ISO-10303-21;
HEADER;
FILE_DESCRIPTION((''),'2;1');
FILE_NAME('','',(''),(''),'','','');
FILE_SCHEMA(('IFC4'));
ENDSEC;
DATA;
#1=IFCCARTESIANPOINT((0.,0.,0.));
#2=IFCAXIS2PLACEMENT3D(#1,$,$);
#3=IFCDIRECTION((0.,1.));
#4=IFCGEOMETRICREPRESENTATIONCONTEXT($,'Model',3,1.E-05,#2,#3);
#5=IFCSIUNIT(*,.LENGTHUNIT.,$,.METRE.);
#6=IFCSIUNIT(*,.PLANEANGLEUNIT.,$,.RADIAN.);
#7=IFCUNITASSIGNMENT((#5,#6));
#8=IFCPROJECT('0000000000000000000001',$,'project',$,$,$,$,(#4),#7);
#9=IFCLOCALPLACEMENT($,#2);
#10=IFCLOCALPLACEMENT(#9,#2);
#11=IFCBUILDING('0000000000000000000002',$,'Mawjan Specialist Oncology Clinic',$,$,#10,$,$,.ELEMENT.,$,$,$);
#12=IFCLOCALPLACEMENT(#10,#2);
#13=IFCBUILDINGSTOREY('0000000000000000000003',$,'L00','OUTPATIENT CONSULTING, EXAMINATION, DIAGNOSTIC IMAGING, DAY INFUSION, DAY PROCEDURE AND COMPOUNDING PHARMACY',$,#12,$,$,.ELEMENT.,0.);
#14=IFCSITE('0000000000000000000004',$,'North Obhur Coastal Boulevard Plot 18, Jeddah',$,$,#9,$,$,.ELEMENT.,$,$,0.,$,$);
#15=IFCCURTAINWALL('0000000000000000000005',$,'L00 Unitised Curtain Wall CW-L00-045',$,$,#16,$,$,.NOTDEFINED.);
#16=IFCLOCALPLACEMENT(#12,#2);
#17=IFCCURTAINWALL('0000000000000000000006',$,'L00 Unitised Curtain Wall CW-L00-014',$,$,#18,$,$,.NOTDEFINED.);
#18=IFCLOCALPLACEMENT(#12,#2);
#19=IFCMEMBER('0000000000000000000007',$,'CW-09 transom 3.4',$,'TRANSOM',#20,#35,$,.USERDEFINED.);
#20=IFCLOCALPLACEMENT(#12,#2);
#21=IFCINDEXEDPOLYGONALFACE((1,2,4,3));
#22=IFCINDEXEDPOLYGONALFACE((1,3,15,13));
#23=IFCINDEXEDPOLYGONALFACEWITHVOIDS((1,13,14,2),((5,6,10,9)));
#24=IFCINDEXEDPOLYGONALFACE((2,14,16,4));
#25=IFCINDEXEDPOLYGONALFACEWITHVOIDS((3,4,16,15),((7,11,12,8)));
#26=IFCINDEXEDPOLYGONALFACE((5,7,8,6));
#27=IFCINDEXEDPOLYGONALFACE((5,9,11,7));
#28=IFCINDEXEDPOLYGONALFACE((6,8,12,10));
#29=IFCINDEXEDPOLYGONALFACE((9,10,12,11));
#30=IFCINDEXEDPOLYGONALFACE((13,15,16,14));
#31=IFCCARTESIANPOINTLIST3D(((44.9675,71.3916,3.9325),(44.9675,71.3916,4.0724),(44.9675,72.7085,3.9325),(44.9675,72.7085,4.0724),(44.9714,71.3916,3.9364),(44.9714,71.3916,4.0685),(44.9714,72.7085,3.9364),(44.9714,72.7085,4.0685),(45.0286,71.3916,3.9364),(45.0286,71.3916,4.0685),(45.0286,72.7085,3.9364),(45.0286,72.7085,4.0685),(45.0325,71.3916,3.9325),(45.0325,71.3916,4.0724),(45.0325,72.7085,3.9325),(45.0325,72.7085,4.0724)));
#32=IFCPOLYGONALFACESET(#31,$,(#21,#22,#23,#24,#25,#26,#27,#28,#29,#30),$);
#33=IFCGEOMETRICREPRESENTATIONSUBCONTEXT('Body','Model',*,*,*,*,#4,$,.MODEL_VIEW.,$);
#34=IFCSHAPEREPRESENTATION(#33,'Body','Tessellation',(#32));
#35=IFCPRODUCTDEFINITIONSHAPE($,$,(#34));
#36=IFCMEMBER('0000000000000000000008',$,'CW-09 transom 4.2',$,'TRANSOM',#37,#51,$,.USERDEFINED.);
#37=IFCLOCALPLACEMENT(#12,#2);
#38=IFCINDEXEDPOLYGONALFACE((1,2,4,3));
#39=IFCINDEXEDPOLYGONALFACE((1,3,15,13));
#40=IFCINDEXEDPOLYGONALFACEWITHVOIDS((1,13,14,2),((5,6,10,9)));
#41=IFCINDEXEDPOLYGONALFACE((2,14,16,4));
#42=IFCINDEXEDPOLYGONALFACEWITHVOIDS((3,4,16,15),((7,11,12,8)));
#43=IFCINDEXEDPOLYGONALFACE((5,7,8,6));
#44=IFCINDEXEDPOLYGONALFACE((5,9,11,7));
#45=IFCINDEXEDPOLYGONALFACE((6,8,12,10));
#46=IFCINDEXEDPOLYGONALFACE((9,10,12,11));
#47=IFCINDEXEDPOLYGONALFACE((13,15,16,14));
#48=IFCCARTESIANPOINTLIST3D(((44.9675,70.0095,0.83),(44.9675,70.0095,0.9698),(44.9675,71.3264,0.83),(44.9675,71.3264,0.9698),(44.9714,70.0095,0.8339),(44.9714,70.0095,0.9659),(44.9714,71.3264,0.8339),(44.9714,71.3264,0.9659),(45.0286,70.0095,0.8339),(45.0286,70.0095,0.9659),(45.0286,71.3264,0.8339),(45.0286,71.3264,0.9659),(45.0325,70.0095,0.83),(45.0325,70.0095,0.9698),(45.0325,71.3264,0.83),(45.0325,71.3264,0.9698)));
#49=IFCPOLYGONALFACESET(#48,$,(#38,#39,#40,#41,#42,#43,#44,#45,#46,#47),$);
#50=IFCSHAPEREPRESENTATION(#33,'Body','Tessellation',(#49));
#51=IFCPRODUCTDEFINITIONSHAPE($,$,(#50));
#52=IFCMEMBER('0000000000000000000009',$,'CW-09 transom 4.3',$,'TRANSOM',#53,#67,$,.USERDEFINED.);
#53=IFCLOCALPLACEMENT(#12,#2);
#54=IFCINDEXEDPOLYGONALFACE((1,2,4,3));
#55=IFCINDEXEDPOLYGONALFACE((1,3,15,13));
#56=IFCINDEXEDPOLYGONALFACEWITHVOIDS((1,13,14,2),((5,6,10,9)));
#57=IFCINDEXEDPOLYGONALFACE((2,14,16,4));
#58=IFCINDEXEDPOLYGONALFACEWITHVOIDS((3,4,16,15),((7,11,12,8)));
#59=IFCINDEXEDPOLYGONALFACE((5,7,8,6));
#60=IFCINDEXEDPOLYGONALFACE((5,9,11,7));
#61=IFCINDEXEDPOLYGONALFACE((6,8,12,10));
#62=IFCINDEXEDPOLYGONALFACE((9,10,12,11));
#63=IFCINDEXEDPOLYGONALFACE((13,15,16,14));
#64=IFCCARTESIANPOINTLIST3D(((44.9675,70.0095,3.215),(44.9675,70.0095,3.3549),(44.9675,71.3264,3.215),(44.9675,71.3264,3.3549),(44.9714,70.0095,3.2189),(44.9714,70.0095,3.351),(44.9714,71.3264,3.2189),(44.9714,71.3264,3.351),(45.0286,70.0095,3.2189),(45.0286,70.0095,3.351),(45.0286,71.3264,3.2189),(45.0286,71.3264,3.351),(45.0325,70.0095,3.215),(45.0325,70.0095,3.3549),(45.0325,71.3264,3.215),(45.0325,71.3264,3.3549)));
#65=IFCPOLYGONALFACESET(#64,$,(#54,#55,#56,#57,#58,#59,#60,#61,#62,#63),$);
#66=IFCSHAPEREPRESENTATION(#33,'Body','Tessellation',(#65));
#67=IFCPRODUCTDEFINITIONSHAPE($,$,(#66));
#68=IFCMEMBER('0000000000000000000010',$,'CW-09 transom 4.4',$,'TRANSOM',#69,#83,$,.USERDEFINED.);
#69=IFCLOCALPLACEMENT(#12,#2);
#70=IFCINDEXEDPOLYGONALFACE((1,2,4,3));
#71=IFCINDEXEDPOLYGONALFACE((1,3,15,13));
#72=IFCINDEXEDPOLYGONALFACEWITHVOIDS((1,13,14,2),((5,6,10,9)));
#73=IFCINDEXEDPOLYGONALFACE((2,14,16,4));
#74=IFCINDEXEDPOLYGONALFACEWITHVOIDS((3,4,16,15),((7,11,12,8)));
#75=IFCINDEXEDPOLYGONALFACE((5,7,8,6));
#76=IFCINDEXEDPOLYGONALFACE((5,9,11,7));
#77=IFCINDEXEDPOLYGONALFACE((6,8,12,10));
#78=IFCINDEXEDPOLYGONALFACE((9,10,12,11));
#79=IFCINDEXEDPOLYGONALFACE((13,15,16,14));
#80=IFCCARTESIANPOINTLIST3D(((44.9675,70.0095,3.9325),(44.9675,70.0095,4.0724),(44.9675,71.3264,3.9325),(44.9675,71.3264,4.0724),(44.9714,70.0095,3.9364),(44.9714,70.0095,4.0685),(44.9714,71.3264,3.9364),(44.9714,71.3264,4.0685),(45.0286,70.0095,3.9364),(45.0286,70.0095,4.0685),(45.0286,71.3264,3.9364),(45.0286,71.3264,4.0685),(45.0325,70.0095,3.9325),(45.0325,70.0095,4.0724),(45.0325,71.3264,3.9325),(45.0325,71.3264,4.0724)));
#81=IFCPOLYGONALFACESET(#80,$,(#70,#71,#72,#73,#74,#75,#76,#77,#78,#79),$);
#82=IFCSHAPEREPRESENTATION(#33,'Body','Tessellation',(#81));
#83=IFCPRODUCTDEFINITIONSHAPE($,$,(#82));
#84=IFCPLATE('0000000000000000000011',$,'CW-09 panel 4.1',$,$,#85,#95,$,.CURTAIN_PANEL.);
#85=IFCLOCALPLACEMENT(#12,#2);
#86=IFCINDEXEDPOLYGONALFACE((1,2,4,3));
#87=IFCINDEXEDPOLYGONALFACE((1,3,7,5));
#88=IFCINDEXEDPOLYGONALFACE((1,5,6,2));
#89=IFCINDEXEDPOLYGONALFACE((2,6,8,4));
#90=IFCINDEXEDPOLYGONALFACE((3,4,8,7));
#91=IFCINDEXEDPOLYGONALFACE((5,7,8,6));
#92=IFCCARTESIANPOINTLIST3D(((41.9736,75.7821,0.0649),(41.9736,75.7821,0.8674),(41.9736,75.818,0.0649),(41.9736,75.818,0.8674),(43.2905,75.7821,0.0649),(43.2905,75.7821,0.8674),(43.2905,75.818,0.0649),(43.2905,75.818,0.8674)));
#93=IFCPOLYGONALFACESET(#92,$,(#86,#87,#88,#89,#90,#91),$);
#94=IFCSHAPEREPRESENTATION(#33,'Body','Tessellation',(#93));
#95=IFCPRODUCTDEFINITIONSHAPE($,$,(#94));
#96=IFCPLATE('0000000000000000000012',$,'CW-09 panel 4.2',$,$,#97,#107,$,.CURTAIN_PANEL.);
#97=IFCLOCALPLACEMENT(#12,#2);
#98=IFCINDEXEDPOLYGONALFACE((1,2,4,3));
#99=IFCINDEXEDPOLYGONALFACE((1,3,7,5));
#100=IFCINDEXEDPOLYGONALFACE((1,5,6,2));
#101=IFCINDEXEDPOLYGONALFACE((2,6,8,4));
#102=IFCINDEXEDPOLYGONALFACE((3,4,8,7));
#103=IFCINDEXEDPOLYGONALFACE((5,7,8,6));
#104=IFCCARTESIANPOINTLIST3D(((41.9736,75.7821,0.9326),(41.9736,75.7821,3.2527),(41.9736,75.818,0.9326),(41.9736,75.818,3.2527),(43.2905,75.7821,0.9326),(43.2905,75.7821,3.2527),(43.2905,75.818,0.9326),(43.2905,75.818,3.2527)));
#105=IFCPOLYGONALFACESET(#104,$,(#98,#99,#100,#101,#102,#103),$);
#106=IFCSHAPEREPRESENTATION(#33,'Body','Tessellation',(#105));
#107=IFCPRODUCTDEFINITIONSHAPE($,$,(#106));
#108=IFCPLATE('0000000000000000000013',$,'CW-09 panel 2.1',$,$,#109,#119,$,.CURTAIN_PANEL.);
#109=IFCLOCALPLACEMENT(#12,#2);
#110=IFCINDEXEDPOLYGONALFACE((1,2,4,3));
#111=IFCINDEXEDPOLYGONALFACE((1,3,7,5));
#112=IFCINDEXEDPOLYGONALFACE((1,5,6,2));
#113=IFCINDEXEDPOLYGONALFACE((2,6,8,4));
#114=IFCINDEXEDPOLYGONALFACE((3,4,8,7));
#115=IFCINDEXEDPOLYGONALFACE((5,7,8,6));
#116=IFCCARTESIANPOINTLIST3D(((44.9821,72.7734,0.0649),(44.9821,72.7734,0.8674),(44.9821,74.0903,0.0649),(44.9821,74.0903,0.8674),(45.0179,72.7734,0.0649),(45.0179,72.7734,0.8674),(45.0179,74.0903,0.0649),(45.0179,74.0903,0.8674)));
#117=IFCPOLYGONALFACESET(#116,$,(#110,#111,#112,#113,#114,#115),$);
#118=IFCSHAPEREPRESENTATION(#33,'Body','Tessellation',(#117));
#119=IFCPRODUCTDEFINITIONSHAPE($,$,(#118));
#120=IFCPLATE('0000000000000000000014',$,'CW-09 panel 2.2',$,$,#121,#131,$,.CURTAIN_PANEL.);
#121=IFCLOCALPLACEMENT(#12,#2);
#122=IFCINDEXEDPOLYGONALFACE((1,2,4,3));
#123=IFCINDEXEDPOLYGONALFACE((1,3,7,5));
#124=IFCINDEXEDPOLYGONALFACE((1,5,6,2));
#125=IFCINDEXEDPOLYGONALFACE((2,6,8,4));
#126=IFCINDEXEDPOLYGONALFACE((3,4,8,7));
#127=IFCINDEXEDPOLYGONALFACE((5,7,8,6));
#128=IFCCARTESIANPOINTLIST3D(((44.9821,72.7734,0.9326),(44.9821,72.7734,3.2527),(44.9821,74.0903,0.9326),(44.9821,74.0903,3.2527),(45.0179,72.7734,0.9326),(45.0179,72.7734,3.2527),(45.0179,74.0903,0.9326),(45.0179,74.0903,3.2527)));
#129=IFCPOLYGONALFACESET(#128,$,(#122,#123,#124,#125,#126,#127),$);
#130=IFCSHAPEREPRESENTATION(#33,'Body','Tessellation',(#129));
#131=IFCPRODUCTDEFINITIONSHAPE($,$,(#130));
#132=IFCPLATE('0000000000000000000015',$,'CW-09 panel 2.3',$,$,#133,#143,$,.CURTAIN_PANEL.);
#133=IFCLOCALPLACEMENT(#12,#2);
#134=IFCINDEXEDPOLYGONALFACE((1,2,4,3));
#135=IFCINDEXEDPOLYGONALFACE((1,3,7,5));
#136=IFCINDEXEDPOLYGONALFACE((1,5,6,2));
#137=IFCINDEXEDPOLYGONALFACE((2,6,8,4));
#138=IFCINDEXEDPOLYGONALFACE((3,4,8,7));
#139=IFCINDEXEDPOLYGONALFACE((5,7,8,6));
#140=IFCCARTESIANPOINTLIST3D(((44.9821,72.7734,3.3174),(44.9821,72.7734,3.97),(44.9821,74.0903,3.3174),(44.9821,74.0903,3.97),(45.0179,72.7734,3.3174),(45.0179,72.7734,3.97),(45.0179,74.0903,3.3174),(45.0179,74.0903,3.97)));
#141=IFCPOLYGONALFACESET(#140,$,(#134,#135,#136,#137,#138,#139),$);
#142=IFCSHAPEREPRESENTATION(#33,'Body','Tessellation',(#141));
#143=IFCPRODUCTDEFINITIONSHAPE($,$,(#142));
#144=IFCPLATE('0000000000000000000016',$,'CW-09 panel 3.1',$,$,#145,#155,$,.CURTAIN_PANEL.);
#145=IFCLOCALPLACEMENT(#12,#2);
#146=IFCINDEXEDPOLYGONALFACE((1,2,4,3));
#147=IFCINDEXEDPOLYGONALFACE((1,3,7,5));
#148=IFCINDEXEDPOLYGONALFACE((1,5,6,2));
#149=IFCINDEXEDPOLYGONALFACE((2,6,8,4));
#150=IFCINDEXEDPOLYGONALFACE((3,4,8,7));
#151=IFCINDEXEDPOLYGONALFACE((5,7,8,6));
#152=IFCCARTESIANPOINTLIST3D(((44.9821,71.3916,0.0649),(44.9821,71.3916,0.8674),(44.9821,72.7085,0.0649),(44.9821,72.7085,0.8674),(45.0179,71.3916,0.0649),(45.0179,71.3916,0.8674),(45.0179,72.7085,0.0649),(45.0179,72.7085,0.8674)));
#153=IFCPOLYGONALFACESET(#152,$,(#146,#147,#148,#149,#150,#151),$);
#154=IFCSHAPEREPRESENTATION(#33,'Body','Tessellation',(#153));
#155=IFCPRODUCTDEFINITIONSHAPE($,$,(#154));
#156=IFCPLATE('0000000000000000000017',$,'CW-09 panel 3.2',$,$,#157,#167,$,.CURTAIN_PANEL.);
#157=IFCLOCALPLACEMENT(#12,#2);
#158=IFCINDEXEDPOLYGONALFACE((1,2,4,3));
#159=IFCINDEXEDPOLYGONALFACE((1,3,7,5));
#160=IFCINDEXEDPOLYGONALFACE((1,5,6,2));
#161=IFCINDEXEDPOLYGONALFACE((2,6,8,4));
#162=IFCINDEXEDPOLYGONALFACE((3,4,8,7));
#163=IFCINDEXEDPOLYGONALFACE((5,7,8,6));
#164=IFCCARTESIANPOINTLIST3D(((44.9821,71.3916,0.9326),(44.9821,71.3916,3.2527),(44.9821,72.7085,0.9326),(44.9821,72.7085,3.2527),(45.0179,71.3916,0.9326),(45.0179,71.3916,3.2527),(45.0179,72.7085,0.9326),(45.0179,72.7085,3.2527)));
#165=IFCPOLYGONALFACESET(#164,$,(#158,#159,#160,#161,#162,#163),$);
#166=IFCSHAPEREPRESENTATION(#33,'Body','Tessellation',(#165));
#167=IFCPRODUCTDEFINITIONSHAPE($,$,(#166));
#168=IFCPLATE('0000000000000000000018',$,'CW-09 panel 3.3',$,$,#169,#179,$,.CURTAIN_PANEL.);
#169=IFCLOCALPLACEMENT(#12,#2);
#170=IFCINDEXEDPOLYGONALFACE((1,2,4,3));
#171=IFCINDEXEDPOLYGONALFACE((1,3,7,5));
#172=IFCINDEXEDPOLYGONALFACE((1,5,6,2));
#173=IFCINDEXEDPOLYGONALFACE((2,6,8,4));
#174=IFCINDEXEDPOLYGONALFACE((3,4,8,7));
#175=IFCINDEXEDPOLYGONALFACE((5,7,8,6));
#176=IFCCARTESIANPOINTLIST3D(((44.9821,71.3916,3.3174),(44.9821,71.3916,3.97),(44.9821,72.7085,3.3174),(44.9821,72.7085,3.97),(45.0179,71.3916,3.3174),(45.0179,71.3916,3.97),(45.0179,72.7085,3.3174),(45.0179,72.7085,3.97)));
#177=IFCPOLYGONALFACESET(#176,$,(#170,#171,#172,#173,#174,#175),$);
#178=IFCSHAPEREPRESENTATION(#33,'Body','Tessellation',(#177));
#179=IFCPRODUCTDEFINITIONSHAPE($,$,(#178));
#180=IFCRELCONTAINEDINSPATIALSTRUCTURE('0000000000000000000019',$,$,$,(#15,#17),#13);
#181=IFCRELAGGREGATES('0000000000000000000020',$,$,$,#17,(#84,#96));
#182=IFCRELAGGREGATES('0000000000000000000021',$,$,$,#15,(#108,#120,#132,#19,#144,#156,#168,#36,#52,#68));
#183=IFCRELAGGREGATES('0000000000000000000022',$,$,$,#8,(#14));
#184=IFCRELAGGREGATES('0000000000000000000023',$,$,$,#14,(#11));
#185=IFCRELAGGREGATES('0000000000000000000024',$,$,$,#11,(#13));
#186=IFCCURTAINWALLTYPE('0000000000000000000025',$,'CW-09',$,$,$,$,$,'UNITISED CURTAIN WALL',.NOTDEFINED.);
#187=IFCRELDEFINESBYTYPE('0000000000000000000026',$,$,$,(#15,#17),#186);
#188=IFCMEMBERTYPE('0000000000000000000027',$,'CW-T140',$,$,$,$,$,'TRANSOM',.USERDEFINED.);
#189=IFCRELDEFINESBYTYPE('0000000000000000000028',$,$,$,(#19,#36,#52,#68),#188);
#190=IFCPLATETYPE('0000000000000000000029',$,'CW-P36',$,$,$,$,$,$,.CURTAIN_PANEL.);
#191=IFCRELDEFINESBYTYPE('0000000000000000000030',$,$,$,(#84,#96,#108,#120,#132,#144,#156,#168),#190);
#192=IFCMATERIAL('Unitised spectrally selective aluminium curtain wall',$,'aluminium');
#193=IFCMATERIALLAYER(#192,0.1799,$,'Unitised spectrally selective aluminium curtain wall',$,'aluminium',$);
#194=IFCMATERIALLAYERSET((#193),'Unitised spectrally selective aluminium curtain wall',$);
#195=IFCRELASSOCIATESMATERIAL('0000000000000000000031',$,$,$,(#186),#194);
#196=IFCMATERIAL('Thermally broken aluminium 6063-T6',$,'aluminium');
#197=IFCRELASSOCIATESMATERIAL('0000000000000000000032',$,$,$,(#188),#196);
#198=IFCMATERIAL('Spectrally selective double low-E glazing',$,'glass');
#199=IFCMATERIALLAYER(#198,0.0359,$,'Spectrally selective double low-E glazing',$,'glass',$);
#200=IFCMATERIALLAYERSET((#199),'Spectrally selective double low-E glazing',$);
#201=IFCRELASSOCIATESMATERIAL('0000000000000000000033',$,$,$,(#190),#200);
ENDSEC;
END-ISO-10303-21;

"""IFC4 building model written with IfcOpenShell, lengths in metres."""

from ifc_helpers import new_model, si_unit, direction, frame, origin, origin_2d, place, context, subcontext, project, spatial, rectangle, hollow_rectangle, extrude, material, layer, layer_set, material_profile, profile_set, type_object, element, aggregate, save


model = new_model("IFC4")

# Units and contexts
model_context = context("Model", 3, precision=1e-05, world=origin(), true_north=direction((0.0, 1.0)))
body_context = subcontext(model_context, "Body", "Model", "MODEL_VIEW")
ifc_project = project(units=[si_unit("LENGTHUNIT", "METRE"), si_unit("PLANEANGLEUNIT", "RADIAN")], contexts=[model_context])

# Site, building, storey
site_placement = place(None, origin())
site = spatial("IfcSite", under=ifc_project, at=site_placement, Name="North Obhur Coastal Boulevard Plot 18, Jeddah", CompositionType="ELEMENT", RefElevation=0.0)
building_placement = place(site_placement, origin())
building = spatial("IfcBuilding", under=site, at=building_placement, Name="Mawjan Specialist Oncology Clinic", CompositionType="ELEMENT")
storey_placement = place(building_placement, origin())
storey = spatial("IfcBuildingStorey", under=building, at=storey_placement, Name="L00", Description="OUTPATIENT CONSULTING, EXAMINATION, DIAGNOSTIC IMAGING, DAY INFUSION, DAY PROCEDURE AND COMPOUNDING PHARMACY", CompositionType="ELEMENT", Elevation=0.0)

# Curtain walls
ifc_material_1 = material(Name="Unitised spectrally selective aluminium curtain wall", Category="aluminium")
ifc_layer_1 = layer(ifc_material_1, 0.1799, Name="Unitised spectrally selective aluminium curtain wall", Category="aluminium")
ifc_layer_set_1 = layer_set([ifc_layer_1], Name="Unitised spectrally selective aluminium curtain wall")
curtain_wall_type = type_object("IfcCurtainWallType", Name="CW-09", ElementType="UNITISED CURTAIN WALL", PredefinedType="NOTDEFINED", material=ifc_layer_set_1)
curtain_wall_1_placement = place(storey_placement, origin())
curtain_wall_1 = element("IfcCurtainWall", 1, at=curtain_wall_1_placement, inside=storey, type_object=curtain_wall_type, Name="L00 Unitised Curtain Wall CW-L00-045", PredefinedType="NOTDEFINED")
curtain_wall_2_placement = place(storey_placement, origin())
curtain_wall_2 = element("IfcCurtainWall", 2, at=curtain_wall_2_placement, inside=storey, type_object=curtain_wall_type, Name="L00 Unitised Curtain Wall CW-L00-014", PredefinedType="NOTDEFINED")
ifc_material_2 = material(Name="Thermally broken aluminium 6063-T6", Category="aluminium")
ifc_material_profile_1 = material_profile(ifc_material_2, hollow_rectangle(XDim=0.0649, YDim=0.1399, WallThickness=0.0039, at=origin_2d()), Name="ALU TRANSOM 140x65x4", Category="aluminium")
ifc_profile_set_1 = profile_set([ifc_material_profile_1], Name="Thermally broken aluminium 6063-T6")
member_type_1 = type_object("IfcMemberType", Name="CW-T140", ElementType="TRANSOM", PredefinedType="USERDEFINED", material=ifc_profile_set_1)

# Members
member_1_placement = place(storey_placement, frame((45.0, 72.7085, 4.0024), z_axis=(0.0, -1.0, 0.0), x_axis=(1.0, 0.0, 0.0)))
member_1 = element("IfcMember", 3, at=member_1_placement, type_object=member_type_1, Name="CW-09 transom 3.4", ObjectType="TRANSOM", PredefinedType="USERDEFINED", context=body_context, shape_type="SweptSolid", body=[
    extrude(hollow_rectangle(XDim=0.0649, YDim=0.1399, WallThickness=0.0039, at=origin_2d()), origin(), (0.0, 0.0, 1.0), 1.3169),
])
member_2_placement = place(storey_placement, frame((45.0, 71.3264, 0.8999), z_axis=(0.0, -1.0, 0.0), x_axis=(1.0, 0.0, 0.0)))
member_2 = element("IfcMember", 4, at=member_2_placement, type_object=member_type_1, Name="CW-09 transom 4.2", ObjectType="TRANSOM", PredefinedType="USERDEFINED", context=body_context, shape_type="SweptSolid", body=[
    extrude(hollow_rectangle(XDim=0.0649, YDim=0.1399, WallThickness=0.0039, at=origin_2d()), origin(), (0.0, 0.0, 1.0), 1.3169),
])
member_3_placement = place(storey_placement, frame((45.0, 71.3264, 3.2849), z_axis=(0.0, -1.0, 0.0), x_axis=(1.0, 0.0, 0.0)))
member_3 = element("IfcMember", 5, at=member_3_placement, type_object=member_type_1, Name="CW-09 transom 4.3", ObjectType="TRANSOM", PredefinedType="USERDEFINED", context=body_context, shape_type="SweptSolid", body=[
    extrude(hollow_rectangle(XDim=0.0649, YDim=0.1399, WallThickness=0.0039, at=origin_2d()), origin(), (0.0, 0.0, 1.0), 1.3169),
])
member_4_placement = place(storey_placement, frame((45.0, 71.3264, 4.0024), z_axis=(0.0, -1.0, 0.0), x_axis=(1.0, 0.0, 0.0)))
member_4 = element("IfcMember", 6, at=member_4_placement, type_object=member_type_1, Name="CW-09 transom 4.4", ObjectType="TRANSOM", PredefinedType="USERDEFINED", context=body_context, shape_type="SweptSolid", body=[
    extrude(hollow_rectangle(XDim=0.0649, YDim=0.1399, WallThickness=0.0039, at=origin_2d()), origin(), (0.0, 0.0, 1.0), 1.3169),
])

# Plates
ifc_material_3 = material(Name="Spectrally selective double low-E glazing", Category="glass")
ifc_layer_2 = layer(ifc_material_3, 0.0359, Name="Spectrally selective double low-E glazing", Category="glass")
ifc_layer_set_2 = layer_set([ifc_layer_2], Name="Spectrally selective double low-E glazing")
plate_type = type_object("IfcPlateType", Name="CW-P36", PredefinedType="CURTAIN_PANEL", material=ifc_layer_set_2)
plate_1_placement = place(storey_placement, frame((42.6321, 75.8, 0.0649), z_axis=(0.0, 0.0, 1.0), x_axis=(1.0, 0.0, 0.0)))
plate_1 = element("IfcPlate", 7, at=plate_1_placement, type_object=plate_type, Name="CW-09 panel 4.1", PredefinedType="CURTAIN_PANEL", context=body_context, shape_type="SweptSolid", body=[
    extrude(rectangle(XDim=1.3169, YDim=0.0359, at=origin_2d()), origin(), (0.0, 0.0, 1.0), 0.8025),
])
plate_2_placement = place(storey_placement, frame((42.6321, 75.8, 0.9326), z_axis=(0.0, 0.0, 1.0), x_axis=(1.0, 0.0, 0.0)))
plate_2 = element("IfcPlate", 8, at=plate_2_placement, type_object=plate_type, Name="CW-09 panel 4.2", PredefinedType="CURTAIN_PANEL", context=body_context, shape_type="SweptSolid", body=[
    extrude(rectangle(XDim=1.3169, YDim=0.0359, at=origin_2d()), origin(), (0.0, 0.0, 1.0), 2.3201),
])
aggregate(curtain_wall_2, [plate_1, plate_2])
plate_3_placement = place(storey_placement, frame((45.0, 73.4319, 0.0649), z_axis=(0.0, 0.0, 1.0), x_axis=(0.0, -1.0, 0.0)))
plate_3 = element("IfcPlate", 9, at=plate_3_placement, type_object=plate_type, Name="CW-09 panel 2.1", PredefinedType="CURTAIN_PANEL", context=body_context, shape_type="SweptSolid", body=[
    extrude(rectangle(XDim=1.3169, YDim=0.0359, at=origin_2d()), origin(), (0.0, 0.0, 1.0), 0.8025),
])
plate_4_placement = place(storey_placement, frame((45.0, 73.4319, 0.9326), z_axis=(0.0, 0.0, 1.0), x_axis=(0.0, -1.0, 0.0)))
plate_4 = element("IfcPlate", 10, at=plate_4_placement, type_object=plate_type, Name="CW-09 panel 2.2", PredefinedType="CURTAIN_PANEL", context=body_context, shape_type="SweptSolid", body=[
    extrude(rectangle(XDim=1.3169, YDim=0.0359, at=origin_2d()), origin(), (0.0, 0.0, 1.0), 2.3201),
])
plate_5_placement = place(storey_placement, frame((45.0, 73.4319, 3.3174), z_axis=(0.0, 0.0, 1.0), x_axis=(0.0, -1.0, 0.0)))
plate_5 = element("IfcPlate", 11, at=plate_5_placement, type_object=plate_type, Name="CW-09 panel 2.3", PredefinedType="CURTAIN_PANEL", context=body_context, shape_type="SweptSolid", body=[
    extrude(rectangle(XDim=1.3169, YDim=0.0359, at=origin_2d()), origin(), (0.0, 0.0, 1.0), 0.6526),
])
plate_6_placement = place(storey_placement, frame((45.0, 72.05, 0.0649), z_axis=(0.0, 0.0, 1.0), x_axis=(0.0, -1.0, 0.0)))
plate_6 = element("IfcPlate", 12, at=plate_6_placement, type_object=plate_type, Name="CW-09 panel 3.1", PredefinedType="CURTAIN_PANEL", context=body_context, shape_type="SweptSolid", body=[
    extrude(rectangle(XDim=1.3169, YDim=0.0359, at=origin_2d()), origin(), (0.0, 0.0, 1.0), 0.8025),
])
plate_7_placement = place(storey_placement, frame((45.0, 72.05, 0.9326), z_axis=(0.0, 0.0, 1.0), x_axis=(0.0, -1.0, 0.0)))
plate_7 = element("IfcPlate", 13, at=plate_7_placement, type_object=plate_type, Name="CW-09 panel 3.2", PredefinedType="CURTAIN_PANEL", context=body_context, shape_type="SweptSolid", body=[
    extrude(rectangle(XDim=1.3169, YDim=0.0359, at=origin_2d()), origin(), (0.0, 0.0, 1.0), 2.3201),
])
plate_8_placement = place(storey_placement, frame((45.0, 72.05, 3.3174), z_axis=(0.0, 0.0, 1.0), x_axis=(0.0, -1.0, 0.0)))
plate_8 = element("IfcPlate", 14, at=plate_8_placement, type_object=plate_type, Name="CW-09 panel 3.3", PredefinedType="CURTAIN_PANEL", context=body_context, shape_type="SweptSolid", body=[
    extrude(rectangle(XDim=1.3169, YDim=0.0359, at=origin_2d()), origin(), (0.0, 0.0, 1.0), 0.6526),
])
aggregate(curtain_wall_1, [plate_3, plate_4, plate_5, member_1, plate_6, plate_7, plate_8, member_2, member_3, member_4])

save(model, "model.ifc")
